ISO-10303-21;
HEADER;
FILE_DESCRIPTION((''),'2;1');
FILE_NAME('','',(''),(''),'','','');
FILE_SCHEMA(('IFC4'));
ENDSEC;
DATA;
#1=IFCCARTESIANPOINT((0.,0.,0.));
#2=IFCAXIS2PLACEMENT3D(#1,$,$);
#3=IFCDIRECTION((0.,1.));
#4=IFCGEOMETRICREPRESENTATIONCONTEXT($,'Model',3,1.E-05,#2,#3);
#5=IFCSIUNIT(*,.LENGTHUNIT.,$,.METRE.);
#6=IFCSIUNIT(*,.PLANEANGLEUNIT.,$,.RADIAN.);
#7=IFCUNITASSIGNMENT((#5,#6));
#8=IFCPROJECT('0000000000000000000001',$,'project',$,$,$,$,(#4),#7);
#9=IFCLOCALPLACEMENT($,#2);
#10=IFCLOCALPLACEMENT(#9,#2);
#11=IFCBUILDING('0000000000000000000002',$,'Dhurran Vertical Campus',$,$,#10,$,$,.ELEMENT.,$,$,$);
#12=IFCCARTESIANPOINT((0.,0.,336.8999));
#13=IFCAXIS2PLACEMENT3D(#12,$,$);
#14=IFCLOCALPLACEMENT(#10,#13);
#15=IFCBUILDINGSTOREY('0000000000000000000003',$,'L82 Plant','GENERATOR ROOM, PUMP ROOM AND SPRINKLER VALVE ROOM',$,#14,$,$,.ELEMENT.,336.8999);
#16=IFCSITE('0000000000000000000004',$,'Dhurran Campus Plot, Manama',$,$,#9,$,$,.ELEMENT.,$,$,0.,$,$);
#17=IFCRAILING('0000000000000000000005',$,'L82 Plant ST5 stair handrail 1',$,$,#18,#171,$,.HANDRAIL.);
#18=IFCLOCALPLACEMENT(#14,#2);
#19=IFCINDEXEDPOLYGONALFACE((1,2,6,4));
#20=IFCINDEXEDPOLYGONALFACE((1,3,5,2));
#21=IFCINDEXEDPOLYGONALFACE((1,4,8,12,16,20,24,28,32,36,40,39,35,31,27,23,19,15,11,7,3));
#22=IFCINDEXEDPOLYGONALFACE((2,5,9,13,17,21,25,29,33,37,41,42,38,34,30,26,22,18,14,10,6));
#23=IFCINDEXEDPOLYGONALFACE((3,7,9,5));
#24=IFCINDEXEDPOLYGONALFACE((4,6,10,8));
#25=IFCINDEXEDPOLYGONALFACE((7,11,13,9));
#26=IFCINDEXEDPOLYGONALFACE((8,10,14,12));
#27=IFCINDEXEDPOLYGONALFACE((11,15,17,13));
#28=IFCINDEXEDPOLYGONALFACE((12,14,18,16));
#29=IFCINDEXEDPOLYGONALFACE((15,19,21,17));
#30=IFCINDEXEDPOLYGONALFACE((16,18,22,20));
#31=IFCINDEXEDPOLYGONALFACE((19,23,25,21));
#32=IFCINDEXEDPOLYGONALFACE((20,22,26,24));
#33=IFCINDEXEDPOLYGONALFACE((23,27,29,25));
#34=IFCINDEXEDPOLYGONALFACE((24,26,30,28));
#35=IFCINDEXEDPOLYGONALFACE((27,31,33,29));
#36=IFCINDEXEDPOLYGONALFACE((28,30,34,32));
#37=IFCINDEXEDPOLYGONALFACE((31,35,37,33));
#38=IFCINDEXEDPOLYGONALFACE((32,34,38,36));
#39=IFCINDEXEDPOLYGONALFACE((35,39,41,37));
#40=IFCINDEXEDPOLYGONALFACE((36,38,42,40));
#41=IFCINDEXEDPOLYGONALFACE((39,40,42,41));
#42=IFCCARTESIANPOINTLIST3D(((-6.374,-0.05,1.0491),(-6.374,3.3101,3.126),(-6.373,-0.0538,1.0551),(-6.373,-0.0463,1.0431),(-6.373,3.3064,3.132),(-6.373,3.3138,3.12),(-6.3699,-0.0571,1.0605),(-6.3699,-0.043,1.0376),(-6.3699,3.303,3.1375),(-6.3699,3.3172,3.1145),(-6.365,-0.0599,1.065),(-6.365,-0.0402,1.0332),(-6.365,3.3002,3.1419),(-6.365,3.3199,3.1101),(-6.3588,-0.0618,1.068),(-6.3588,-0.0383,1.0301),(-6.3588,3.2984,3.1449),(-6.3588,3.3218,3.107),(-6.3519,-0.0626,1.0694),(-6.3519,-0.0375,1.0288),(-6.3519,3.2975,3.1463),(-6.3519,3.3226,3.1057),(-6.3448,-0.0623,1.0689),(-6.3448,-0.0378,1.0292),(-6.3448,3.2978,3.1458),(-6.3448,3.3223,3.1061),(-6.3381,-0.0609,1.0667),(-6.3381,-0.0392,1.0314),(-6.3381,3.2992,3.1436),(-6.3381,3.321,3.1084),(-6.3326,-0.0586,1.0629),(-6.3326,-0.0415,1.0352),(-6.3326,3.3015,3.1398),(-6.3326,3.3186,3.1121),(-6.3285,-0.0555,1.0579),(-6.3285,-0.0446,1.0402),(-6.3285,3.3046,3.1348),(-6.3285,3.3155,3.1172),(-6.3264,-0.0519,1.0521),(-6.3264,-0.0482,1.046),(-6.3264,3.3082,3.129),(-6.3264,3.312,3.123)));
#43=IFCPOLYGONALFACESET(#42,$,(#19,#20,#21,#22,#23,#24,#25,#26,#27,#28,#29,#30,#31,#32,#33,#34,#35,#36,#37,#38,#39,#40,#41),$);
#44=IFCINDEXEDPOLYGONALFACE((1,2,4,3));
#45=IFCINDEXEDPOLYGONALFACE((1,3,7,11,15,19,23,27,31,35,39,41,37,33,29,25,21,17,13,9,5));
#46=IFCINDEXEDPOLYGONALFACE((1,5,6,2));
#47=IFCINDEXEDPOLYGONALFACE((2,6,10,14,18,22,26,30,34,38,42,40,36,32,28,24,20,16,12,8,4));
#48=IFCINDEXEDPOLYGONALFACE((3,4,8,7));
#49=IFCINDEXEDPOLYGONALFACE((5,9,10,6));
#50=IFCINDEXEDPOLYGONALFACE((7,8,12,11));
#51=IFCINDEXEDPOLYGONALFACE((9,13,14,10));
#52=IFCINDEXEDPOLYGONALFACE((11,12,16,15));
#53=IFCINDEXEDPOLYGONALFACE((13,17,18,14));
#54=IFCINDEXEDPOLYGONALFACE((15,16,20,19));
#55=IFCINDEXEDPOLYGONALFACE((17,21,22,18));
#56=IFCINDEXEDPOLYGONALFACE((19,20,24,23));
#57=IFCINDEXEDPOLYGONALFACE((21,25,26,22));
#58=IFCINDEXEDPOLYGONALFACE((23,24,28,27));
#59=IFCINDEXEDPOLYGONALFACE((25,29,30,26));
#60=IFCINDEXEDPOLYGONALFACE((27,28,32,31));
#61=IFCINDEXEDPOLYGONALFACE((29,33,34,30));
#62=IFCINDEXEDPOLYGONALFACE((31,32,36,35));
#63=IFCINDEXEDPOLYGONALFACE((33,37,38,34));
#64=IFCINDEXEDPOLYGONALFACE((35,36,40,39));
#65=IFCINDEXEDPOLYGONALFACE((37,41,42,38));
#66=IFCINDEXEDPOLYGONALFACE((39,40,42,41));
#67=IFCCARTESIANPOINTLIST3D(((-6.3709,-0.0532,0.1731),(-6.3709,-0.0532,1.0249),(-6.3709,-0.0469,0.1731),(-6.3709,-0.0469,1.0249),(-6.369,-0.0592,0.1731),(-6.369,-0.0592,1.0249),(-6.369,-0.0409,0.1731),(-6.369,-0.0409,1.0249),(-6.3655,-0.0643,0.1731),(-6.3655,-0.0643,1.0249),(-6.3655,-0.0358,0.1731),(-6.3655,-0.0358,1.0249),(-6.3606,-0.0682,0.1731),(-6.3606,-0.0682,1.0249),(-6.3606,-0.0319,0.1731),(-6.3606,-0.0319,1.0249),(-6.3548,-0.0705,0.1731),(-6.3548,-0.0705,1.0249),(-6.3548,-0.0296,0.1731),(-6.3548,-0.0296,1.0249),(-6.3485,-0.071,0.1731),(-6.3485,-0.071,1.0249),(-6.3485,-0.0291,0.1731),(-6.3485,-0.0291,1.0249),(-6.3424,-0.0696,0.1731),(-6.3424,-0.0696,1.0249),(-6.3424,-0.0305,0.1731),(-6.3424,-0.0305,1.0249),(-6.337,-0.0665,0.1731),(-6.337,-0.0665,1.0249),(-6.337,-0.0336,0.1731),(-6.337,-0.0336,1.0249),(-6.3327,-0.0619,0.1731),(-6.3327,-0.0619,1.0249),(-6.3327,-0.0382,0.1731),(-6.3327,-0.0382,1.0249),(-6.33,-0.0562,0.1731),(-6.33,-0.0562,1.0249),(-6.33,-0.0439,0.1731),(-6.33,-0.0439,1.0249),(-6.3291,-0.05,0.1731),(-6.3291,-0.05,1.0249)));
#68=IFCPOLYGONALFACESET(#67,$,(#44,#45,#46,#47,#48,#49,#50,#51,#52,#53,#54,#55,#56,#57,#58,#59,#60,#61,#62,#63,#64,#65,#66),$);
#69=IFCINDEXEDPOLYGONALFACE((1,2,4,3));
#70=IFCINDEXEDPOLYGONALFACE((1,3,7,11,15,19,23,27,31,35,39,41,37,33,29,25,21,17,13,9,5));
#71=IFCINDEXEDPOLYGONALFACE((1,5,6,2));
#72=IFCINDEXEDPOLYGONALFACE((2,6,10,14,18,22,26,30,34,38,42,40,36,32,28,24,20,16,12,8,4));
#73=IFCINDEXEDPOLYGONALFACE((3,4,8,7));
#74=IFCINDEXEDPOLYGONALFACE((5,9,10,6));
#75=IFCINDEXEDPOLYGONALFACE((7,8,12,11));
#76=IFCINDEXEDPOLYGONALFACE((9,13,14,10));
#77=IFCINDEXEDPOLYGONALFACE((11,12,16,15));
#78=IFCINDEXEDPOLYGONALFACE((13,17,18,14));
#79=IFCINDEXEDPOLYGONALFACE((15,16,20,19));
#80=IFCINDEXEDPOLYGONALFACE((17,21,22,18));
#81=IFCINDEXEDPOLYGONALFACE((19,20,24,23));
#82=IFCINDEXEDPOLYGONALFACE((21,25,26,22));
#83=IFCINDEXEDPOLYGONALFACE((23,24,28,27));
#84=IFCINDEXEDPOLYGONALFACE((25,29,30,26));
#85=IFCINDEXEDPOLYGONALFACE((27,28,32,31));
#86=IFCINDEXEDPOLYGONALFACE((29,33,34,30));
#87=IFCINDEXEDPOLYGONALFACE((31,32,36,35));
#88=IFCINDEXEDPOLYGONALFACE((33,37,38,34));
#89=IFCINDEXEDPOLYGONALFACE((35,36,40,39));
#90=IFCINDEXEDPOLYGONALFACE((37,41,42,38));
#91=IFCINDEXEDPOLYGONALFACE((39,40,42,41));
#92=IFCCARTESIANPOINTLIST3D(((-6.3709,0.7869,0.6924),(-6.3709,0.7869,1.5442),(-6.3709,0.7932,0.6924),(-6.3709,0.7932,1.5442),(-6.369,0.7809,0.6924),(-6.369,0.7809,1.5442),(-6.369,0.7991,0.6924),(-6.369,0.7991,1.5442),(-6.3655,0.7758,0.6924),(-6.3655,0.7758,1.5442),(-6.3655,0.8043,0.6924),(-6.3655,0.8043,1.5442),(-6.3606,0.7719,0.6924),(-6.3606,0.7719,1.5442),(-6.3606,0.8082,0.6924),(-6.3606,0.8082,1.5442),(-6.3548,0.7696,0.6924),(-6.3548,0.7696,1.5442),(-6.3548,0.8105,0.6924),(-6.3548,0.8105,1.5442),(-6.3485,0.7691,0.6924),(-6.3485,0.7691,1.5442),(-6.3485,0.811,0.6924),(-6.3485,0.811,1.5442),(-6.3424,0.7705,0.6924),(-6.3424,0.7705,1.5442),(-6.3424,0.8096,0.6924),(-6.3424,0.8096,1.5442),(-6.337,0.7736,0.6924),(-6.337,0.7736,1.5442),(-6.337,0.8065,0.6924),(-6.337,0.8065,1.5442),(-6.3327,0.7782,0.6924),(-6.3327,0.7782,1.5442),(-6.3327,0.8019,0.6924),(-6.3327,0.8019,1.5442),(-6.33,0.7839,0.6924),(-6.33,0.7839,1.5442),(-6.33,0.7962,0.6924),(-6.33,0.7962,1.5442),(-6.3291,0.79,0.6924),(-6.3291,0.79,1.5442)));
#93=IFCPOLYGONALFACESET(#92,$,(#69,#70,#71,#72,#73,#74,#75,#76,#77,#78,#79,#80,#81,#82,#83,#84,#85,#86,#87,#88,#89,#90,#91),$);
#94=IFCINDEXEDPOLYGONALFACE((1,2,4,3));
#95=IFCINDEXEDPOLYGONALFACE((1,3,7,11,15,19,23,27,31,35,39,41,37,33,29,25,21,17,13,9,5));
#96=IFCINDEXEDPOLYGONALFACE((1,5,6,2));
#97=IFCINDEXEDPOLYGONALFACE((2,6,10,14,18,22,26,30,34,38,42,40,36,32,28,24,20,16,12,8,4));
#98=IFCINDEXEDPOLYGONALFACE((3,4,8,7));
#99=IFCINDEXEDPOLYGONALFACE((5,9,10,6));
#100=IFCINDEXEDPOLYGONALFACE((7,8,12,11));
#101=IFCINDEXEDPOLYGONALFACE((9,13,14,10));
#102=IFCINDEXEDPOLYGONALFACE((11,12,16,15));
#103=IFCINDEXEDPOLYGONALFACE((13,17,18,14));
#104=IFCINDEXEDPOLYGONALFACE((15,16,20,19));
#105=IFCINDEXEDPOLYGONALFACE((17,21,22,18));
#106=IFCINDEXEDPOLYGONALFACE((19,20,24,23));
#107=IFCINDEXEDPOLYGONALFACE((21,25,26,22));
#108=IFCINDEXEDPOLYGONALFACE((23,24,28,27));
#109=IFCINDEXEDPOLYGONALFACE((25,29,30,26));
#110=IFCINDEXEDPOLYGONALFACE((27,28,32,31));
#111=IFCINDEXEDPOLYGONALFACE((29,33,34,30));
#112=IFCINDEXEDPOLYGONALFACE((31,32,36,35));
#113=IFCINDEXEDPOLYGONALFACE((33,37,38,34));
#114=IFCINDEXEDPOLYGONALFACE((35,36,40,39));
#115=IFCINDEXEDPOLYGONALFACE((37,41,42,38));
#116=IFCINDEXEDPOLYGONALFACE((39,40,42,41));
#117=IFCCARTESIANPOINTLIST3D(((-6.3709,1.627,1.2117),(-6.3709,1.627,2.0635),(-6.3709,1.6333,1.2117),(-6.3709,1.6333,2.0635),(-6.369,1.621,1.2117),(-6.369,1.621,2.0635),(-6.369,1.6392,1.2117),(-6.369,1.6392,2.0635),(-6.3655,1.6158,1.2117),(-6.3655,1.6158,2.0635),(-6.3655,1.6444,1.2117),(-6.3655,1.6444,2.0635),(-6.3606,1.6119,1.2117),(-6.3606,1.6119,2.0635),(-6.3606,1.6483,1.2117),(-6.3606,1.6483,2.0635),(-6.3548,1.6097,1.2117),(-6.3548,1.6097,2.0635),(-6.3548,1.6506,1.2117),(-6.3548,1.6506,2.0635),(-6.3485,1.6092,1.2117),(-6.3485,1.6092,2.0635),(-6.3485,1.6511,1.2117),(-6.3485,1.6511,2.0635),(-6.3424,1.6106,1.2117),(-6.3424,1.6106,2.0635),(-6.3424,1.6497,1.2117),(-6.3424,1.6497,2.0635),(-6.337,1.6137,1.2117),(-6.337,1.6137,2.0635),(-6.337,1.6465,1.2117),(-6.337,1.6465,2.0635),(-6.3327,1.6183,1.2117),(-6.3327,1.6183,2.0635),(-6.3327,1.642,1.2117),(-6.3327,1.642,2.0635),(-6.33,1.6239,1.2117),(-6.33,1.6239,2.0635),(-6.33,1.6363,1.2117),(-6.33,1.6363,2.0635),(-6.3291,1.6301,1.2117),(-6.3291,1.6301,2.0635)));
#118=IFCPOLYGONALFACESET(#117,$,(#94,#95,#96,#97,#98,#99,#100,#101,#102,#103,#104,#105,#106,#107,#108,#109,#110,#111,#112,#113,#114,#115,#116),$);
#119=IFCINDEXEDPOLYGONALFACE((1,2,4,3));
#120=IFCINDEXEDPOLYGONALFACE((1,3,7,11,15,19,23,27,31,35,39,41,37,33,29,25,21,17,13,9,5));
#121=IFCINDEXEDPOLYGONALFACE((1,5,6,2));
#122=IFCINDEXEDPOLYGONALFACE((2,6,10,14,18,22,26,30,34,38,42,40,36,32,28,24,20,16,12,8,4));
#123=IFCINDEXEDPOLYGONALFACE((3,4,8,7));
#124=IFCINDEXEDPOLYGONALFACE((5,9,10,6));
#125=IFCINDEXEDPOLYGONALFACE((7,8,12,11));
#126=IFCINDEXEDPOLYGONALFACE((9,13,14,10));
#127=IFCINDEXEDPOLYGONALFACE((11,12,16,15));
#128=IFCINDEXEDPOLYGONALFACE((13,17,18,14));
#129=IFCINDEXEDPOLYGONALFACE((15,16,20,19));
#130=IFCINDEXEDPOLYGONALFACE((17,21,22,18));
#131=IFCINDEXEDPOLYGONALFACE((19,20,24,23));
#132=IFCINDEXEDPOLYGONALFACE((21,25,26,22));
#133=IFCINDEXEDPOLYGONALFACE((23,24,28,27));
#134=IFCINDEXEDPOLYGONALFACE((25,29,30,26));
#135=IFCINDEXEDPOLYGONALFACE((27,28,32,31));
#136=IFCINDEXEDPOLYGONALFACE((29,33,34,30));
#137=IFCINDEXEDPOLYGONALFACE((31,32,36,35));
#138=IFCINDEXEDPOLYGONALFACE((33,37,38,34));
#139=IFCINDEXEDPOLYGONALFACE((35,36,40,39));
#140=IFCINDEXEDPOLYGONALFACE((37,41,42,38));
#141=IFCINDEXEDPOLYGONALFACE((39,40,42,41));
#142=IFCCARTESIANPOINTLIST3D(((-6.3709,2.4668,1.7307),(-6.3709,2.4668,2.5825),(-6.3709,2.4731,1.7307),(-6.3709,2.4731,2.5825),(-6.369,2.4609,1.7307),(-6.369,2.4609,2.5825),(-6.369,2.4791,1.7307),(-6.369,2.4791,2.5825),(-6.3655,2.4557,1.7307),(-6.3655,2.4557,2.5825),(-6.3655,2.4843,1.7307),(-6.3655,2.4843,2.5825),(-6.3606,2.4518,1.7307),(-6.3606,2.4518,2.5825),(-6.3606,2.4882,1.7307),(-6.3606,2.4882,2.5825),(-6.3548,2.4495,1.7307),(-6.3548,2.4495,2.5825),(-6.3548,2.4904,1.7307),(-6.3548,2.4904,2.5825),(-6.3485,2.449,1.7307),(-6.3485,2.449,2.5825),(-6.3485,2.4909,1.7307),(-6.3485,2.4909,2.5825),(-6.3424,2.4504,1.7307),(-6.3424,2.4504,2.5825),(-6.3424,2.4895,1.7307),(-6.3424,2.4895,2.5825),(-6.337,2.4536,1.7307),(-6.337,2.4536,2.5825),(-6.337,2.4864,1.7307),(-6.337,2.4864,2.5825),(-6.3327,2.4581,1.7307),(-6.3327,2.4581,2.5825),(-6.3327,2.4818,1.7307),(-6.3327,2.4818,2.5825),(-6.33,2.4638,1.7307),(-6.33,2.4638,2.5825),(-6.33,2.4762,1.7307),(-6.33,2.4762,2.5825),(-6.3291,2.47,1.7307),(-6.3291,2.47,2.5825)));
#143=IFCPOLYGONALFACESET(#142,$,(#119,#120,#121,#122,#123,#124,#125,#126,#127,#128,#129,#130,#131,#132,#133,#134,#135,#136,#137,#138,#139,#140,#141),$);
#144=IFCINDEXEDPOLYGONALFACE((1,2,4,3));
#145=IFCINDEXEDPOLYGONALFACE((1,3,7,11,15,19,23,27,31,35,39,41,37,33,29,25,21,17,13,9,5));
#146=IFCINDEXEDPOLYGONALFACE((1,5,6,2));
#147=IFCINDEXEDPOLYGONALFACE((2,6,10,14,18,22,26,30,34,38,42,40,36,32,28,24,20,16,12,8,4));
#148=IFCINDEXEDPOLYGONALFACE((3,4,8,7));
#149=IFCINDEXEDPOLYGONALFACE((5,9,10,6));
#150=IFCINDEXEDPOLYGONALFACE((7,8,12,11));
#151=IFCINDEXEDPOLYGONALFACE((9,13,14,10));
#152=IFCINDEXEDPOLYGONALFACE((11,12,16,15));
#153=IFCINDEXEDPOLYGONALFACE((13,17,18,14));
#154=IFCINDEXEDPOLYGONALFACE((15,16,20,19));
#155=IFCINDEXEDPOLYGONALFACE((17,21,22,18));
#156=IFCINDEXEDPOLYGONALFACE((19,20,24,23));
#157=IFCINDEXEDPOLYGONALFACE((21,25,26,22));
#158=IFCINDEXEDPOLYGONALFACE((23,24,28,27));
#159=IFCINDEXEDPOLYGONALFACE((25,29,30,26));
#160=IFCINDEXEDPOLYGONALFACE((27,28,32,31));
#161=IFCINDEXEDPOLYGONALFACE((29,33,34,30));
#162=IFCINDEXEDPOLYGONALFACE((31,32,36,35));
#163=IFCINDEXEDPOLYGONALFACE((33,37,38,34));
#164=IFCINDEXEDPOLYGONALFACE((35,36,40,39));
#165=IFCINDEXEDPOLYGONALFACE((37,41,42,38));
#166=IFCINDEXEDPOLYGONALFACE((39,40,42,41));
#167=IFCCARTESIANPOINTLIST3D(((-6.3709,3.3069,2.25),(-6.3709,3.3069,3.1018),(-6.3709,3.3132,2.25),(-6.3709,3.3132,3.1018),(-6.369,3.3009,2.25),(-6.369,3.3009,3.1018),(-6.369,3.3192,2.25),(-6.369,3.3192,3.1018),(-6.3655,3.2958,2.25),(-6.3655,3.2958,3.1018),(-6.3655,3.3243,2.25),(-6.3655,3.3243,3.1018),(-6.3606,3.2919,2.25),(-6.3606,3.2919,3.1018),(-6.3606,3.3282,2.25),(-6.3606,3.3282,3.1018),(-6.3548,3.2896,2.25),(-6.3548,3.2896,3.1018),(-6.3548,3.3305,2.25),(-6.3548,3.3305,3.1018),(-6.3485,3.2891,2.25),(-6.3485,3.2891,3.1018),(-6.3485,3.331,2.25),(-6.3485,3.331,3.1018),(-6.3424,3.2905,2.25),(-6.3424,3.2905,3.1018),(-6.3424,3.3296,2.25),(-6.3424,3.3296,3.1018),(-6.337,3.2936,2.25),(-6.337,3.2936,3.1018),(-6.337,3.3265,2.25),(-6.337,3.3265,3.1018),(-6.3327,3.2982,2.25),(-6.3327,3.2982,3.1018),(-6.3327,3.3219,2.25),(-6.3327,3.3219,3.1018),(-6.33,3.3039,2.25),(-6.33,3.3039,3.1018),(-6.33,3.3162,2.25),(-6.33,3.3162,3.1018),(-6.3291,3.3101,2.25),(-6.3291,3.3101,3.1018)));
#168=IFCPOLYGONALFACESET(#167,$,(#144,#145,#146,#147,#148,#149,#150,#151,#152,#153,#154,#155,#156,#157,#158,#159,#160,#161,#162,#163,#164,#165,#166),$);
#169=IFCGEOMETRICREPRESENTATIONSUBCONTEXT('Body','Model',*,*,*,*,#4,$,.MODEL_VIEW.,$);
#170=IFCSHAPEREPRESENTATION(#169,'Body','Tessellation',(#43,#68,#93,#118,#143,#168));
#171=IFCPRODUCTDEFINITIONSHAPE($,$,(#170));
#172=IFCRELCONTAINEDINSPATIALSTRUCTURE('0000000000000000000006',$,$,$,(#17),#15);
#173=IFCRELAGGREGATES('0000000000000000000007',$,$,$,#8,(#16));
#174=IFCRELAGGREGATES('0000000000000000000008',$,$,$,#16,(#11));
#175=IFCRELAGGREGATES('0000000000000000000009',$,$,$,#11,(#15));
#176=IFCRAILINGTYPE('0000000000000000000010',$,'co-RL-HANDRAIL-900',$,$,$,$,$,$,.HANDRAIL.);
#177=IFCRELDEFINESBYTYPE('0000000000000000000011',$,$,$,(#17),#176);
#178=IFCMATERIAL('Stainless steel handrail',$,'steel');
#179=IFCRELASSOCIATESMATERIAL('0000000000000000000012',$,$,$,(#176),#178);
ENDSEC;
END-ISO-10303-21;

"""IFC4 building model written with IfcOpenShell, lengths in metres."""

from ifc_helpers import new_model, si_unit, direction, frame, origin, origin_2d, place, context, subcontext, project, spatial, circle, extrude, material, type_object, element, save


model = new_model("IFC4")

# Units and contexts
model_context = context("Model", 3, precision=1e-05, world=origin(), true_north=direction((0.0, 1.0)))
body_context = subcontext(model_context, "Body", "Model", "MODEL_VIEW")
ifc_project = project(units=[si_unit("LENGTHUNIT", "METRE"), si_unit("PLANEANGLEUNIT", "RADIAN")], contexts=[model_context])

# Site, building, storey
site_placement = place(None, origin())
site = spatial("IfcSite", under=ifc_project, at=site_placement, Name="Dhurran Campus Plot, Manama", CompositionType="ELEMENT", RefElevation=0.0)
building_placement = place(site_placement, origin())
building = spatial("IfcBuilding", under=site, at=building_placement, Name="Dhurran Vertical Campus", CompositionType="ELEMENT")
storey_placement = place(building_placement, frame((0.0, 0.0, 336.8999)))
storey = spatial("IfcBuildingStorey", under=building, at=storey_placement, Name="L82 Plant", Description="GENERATOR ROOM, PUMP ROOM AND SPRINKLER VALVE ROOM", CompositionType="ELEMENT", Elevation=336.8999)

# Railing
ifc_material_1 = material(Name="Stainless steel handrail", Category="steel")
railing_type_1 = type_object("IfcRailingType", Name="co-RL-HANDRAIL-900", PredefinedType="HANDRAIL", material=ifc_material_1)
railing_1_placement = place(storey_placement, frame((-6.3501, -0.05, 0.1731)))
element("IfcRailing", 1, at=railing_1_placement, inside=storey, type_object=railing_type_1, Name="L82 Plant ST5 stair handrail 1", PredefinedType="HANDRAIL", context=body_context, shape_type="SweptSolid", body=[
    extrude(circle(Radius=0.0239, at=origin_2d()), frame((0.0, 0.0, 0.876), z_axis=(0.0, 0.850623, 0.525776), x_axis=(-1.0, 0.0, 0.0)), (0.0, 0.0, 1.0), 3.9502),
    extrude(circle(Radius=0.021, at=origin_2d()), origin(), (0.0, 0.0, 1.0), 0.8518),
    extrude(circle(Radius=0.021, at=origin_2d()), frame((0.0, 0.8401, 0.5193)), (0.0, 0.0, 1.0), 0.8518),
    extrude(circle(Radius=0.021, at=origin_2d()), frame((0.0, 1.6802, 1.0386)), (0.0, 0.0, 1.0), 0.8518),
    extrude(circle(Radius=0.021, at=origin_2d()), frame((0.0, 2.52, 1.5576)), (0.0, 0.0, 1.0), 0.8518),
    extrude(circle(Radius=0.021, at=origin_2d()), frame((0.0, 3.3601, 2.0769)), (0.0, 0.0, 1.0), 0.8518),
])

save(model, "model.ifc")
